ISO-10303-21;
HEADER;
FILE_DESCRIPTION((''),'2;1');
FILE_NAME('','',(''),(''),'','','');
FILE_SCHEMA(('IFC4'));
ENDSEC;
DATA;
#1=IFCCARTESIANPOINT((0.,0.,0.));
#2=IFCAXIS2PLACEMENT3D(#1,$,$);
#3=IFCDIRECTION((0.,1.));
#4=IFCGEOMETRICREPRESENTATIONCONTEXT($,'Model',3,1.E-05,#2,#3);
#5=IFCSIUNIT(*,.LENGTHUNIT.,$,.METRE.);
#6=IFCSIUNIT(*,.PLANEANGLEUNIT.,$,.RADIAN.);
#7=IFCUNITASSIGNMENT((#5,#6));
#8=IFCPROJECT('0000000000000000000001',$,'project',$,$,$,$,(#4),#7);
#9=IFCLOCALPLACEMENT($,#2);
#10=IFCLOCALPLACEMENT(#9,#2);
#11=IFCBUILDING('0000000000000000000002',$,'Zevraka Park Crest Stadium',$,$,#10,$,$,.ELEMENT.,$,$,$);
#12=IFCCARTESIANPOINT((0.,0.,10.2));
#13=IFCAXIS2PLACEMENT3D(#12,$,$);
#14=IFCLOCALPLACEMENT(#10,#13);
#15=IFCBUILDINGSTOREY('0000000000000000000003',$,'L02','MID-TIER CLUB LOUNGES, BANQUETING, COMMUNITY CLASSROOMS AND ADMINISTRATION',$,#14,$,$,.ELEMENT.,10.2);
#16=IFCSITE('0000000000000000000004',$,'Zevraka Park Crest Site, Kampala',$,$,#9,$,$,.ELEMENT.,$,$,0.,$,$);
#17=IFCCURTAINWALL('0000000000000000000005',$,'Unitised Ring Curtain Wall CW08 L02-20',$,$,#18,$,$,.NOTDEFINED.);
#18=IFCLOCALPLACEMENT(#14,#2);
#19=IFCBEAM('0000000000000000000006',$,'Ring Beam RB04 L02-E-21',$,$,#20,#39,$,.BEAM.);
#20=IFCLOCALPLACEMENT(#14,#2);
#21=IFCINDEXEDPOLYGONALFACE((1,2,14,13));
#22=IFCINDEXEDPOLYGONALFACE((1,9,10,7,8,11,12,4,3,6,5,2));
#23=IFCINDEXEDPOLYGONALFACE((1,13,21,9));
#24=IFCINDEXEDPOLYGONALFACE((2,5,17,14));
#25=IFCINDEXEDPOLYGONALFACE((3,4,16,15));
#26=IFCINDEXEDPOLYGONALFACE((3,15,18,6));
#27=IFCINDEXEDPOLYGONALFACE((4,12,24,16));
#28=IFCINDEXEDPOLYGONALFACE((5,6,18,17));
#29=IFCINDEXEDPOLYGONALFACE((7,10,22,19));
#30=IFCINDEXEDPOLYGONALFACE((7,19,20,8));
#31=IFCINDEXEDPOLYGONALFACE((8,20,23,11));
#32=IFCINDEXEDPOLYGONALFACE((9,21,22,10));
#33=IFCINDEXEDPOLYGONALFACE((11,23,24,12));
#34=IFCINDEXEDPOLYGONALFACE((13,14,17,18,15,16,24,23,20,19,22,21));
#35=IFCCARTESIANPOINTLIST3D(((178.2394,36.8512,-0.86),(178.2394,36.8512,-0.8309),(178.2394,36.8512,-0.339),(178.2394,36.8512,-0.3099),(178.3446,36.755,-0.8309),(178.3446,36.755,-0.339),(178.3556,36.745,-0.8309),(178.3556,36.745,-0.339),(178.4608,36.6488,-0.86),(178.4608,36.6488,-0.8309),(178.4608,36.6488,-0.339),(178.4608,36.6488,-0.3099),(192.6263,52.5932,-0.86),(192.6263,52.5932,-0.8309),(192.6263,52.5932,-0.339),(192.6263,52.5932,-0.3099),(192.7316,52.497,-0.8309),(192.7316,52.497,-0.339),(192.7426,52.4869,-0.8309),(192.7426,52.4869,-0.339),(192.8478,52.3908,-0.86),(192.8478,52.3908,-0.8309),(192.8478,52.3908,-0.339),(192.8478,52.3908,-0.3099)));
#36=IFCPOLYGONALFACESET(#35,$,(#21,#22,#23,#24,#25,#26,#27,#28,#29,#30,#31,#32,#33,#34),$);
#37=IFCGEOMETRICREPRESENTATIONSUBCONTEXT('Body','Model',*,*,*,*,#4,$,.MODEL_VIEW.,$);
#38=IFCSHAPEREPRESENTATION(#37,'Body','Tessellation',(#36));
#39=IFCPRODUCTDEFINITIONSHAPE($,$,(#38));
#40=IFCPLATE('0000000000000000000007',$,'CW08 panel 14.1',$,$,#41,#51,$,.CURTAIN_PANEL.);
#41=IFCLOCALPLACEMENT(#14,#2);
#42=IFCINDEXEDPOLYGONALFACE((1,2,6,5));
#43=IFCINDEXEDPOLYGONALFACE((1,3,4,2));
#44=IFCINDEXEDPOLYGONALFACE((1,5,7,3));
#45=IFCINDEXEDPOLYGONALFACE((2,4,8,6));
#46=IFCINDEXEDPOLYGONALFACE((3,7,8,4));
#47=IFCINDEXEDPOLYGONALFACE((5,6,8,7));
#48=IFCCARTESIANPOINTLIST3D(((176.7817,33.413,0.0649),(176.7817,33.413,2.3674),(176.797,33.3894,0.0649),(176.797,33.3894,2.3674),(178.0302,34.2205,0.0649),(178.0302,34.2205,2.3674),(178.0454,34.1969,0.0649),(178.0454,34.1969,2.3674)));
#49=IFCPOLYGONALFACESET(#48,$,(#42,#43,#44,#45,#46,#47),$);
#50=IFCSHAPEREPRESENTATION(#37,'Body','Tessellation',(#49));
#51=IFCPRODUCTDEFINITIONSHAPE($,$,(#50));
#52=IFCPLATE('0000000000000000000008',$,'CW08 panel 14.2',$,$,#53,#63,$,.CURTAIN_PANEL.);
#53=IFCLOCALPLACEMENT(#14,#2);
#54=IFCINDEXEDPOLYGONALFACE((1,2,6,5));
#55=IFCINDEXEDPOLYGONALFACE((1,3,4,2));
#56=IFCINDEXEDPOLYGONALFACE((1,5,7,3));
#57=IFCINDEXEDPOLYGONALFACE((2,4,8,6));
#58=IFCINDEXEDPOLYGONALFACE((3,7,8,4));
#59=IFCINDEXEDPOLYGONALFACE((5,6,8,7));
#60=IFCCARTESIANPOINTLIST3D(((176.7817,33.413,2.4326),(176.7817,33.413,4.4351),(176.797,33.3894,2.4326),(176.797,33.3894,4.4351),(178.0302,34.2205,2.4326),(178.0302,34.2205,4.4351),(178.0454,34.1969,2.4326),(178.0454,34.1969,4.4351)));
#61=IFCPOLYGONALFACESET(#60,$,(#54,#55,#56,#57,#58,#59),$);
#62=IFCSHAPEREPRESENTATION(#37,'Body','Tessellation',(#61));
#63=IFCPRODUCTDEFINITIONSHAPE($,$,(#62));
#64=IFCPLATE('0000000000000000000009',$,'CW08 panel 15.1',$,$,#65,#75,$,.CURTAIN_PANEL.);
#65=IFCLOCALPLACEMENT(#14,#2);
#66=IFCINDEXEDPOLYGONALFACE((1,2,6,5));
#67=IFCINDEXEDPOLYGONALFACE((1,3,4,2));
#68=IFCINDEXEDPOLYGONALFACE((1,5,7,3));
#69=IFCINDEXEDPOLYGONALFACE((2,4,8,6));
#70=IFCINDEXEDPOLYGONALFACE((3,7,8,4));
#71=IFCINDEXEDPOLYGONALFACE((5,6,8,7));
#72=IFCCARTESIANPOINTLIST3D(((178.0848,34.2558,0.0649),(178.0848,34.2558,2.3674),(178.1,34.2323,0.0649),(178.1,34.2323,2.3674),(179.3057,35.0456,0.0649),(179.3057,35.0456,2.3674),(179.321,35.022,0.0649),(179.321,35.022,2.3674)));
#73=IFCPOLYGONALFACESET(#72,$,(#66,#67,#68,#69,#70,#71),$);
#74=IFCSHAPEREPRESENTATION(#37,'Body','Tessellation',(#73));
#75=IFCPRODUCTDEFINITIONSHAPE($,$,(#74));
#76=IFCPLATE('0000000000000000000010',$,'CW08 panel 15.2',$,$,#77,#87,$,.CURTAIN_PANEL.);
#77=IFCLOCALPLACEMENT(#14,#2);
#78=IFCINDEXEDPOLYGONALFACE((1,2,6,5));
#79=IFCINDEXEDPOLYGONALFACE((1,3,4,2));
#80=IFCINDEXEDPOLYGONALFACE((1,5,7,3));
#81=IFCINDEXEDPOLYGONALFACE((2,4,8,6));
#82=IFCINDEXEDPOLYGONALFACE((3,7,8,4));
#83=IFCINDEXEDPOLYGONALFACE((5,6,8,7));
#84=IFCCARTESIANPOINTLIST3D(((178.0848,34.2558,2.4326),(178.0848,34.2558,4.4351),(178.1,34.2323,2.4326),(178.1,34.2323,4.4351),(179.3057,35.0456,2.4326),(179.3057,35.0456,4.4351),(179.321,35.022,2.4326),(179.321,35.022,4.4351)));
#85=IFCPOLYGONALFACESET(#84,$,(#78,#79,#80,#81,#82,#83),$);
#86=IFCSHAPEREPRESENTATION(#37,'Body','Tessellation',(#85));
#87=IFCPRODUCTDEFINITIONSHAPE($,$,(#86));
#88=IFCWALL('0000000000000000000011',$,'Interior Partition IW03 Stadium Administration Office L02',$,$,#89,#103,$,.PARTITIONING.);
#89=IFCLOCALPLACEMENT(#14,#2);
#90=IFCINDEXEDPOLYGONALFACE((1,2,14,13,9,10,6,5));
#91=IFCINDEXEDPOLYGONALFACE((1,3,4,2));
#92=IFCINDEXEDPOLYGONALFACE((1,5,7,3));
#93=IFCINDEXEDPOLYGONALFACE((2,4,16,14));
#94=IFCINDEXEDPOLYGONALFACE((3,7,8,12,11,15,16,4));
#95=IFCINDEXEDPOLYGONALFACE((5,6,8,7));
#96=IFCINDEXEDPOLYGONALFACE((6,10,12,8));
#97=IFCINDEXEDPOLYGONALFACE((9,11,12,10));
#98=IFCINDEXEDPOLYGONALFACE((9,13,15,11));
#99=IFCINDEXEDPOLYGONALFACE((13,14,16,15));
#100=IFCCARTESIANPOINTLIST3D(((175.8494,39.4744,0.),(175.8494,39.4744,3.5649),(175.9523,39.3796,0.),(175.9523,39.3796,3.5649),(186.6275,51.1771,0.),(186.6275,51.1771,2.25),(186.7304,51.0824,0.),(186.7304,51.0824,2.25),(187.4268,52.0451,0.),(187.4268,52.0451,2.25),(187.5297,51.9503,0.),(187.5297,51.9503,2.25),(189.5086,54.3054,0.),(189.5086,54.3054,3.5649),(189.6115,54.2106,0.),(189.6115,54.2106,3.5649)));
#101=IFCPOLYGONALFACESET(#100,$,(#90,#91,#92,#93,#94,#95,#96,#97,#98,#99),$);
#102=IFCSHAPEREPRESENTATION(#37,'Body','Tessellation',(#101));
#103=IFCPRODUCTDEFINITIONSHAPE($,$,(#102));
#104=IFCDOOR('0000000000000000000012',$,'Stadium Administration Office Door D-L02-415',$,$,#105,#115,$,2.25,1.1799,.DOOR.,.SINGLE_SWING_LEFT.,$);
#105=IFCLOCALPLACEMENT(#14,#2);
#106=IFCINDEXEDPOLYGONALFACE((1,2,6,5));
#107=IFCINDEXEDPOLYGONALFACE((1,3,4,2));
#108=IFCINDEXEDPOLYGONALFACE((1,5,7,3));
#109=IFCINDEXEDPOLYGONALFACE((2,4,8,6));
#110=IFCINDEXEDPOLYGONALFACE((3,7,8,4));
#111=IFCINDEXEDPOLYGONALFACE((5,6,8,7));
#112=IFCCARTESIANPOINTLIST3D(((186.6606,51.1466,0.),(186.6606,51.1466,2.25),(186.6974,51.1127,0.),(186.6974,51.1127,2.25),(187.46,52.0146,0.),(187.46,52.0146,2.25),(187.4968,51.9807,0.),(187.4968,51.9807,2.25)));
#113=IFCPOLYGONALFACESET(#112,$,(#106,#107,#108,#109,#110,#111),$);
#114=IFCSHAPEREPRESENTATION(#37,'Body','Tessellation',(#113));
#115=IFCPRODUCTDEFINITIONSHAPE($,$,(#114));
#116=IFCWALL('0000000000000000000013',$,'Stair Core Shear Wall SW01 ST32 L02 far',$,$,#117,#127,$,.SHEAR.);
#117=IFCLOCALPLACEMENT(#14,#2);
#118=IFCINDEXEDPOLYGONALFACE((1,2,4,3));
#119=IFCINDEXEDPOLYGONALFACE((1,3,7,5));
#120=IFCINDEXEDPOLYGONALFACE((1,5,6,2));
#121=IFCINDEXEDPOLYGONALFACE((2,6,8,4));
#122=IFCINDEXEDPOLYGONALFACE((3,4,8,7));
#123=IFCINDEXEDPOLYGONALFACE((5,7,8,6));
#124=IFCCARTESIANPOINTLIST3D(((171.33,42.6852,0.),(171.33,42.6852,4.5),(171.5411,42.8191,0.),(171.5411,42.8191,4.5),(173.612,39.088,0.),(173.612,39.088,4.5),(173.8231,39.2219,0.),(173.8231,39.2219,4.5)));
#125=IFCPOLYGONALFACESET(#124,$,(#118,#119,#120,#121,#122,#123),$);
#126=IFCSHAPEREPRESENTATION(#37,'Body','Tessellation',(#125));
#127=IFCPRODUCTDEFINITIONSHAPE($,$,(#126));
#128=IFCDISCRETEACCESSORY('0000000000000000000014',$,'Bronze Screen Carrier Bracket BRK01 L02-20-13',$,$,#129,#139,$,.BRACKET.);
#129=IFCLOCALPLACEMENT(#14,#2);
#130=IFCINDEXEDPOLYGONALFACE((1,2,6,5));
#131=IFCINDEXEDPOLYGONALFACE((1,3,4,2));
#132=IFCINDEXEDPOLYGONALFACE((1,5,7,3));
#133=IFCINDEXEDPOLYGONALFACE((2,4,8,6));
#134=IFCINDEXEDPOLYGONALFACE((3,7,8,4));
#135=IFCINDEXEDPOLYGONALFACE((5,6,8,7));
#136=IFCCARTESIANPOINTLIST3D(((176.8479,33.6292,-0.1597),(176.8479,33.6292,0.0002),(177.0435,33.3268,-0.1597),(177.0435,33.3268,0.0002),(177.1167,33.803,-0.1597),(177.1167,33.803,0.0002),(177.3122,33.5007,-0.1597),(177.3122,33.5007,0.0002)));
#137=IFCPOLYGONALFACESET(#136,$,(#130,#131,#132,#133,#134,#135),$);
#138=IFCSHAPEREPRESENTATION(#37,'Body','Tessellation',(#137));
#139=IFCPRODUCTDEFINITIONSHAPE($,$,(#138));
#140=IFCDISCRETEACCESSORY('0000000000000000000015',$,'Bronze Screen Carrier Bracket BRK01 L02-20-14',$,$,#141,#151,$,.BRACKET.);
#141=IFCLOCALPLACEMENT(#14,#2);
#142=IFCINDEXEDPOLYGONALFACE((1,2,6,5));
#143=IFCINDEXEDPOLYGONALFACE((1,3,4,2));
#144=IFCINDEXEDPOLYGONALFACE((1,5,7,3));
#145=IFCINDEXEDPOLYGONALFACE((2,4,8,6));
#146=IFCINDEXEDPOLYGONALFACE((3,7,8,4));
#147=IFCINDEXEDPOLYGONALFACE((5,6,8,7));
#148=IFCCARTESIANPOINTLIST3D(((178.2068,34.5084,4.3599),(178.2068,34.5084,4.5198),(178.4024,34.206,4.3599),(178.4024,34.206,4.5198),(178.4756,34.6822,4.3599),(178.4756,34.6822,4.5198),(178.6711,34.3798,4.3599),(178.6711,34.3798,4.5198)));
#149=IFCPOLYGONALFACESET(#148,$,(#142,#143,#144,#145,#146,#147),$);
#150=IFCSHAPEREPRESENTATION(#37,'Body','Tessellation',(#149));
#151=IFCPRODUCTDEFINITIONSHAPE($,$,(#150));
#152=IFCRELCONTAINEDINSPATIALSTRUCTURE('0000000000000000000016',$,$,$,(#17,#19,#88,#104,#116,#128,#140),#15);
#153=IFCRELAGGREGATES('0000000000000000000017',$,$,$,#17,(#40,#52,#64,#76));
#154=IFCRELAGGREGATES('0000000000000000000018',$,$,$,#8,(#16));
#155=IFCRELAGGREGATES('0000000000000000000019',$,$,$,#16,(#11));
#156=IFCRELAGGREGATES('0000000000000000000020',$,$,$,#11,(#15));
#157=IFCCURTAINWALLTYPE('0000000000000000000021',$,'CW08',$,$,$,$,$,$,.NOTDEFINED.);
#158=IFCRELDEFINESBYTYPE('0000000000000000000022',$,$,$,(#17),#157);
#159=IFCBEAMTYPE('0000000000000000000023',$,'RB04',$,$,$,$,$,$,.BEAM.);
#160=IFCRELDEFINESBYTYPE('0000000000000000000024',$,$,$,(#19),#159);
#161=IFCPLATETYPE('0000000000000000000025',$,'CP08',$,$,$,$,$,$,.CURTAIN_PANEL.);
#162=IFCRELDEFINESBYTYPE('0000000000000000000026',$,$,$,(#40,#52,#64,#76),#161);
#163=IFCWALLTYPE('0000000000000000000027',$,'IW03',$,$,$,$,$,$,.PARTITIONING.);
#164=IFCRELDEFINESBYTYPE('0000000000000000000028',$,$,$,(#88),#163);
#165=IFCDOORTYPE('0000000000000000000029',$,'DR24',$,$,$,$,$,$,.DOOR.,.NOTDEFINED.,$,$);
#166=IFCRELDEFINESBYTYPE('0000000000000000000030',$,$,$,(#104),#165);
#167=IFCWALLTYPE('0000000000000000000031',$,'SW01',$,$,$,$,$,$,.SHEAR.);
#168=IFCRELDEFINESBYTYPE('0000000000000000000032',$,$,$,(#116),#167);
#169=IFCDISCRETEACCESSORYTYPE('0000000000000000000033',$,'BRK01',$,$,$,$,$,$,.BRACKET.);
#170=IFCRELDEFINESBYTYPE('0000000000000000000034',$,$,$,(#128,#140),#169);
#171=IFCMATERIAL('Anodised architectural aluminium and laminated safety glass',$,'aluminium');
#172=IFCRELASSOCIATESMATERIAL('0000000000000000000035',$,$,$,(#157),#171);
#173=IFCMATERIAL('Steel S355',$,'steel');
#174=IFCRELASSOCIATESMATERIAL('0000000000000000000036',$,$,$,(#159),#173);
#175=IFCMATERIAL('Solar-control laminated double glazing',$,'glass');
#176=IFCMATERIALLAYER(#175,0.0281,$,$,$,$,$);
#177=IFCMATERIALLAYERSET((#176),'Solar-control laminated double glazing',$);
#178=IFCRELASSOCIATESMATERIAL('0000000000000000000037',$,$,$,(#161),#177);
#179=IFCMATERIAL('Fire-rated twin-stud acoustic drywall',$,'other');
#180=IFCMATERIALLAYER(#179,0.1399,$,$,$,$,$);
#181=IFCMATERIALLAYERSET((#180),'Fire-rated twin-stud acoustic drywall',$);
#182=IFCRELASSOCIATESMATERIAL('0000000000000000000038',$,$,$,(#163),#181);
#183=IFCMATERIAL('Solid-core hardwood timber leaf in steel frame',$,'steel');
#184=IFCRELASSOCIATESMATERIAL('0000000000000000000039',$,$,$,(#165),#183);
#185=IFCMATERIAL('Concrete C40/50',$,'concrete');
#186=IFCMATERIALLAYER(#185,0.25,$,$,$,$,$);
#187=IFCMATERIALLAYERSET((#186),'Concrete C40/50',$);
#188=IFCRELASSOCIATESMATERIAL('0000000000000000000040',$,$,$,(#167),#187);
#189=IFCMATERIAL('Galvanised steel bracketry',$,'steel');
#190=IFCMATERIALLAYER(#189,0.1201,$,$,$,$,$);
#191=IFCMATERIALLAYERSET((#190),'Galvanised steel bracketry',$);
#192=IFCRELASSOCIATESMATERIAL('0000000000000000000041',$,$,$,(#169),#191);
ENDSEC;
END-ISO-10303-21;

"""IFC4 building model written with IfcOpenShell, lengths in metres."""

from ifc_helpers import new_model, si_unit, direction, frame, frame_2d, origin, origin_2d, place, context, subcontext, project, spatial, rectangle, i_section, extrude, material, layer, layer_set, material_profile, profile_set, type_object, element, fill, aggregate, save


model = new_model("IFC4")

# Units and contexts
model_context = context("Model", 3, precision=1e-05, world=origin(), true_north=direction((0.0, 1.0)))
body_context = subcontext(model_context, "Body", "Model", "MODEL_VIEW")
ifc_project = project(units=[si_unit("LENGTHUNIT", "METRE"), si_unit("PLANEANGLEUNIT", "RADIAN")], contexts=[model_context])

# Site, building, storey
site_placement = place(None, origin())
site = spatial("IfcSite", under=ifc_project, at=site_placement, Name="Zevraka Park Crest Site, Kampala", CompositionType="ELEMENT", RefElevation=0.0)
building_placement = place(site_placement, origin())
building = spatial("IfcBuilding", under=site, at=building_placement, Name="Zevraka Park Crest Stadium", CompositionType="ELEMENT")
storey_placement = place(building_placement, frame((0.0, 0.0, 10.2)))
storey = spatial("IfcBuildingStorey", under=building, at=storey_placement, Name="L02", Description="MID-TIER CLUB LOUNGES, BANQUETING, COMMUNITY CLASSROOMS AND ADMINISTRATION", CompositionType="ELEMENT", Elevation=10.2)

# Curtain wall
ifc_material_1 = material(Name="Anodised architectural aluminium and laminated safety glass", Category="aluminium")
curtain_wall_type = type_object("IfcCurtainWallType", Name="CW08", PredefinedType="NOTDEFINED", material=ifc_material_1)
curtain_wall_placement = place(storey_placement, origin())
curtain_wall = element("IfcCurtainWall", 1, at=curtain_wall_placement, inside=storey, type_object=curtain_wall_type, Name="Unitised Ring Curtain Wall CW08 L02-20", PredefinedType="NOTDEFINED")

# Beam
ifc_material_2 = material(Name="Steel S355", Category="steel")
ifc_material_profile_1 = material_profile(ifc_material_2, i_section(OverallWidth=0.3, OverallDepth=0.55, WebThickness=0.0149, FlangeThickness=0.0291, at=origin_2d()), Name="HEB 550")
ifc_profile_set_1 = profile_set([ifc_material_profile_1], Name="Steel S355")
beam_type_1 = type_object("IfcBeamType", Name="RB04", PredefinedType="BEAM", material=ifc_profile_set_1)
beam_1_placement = place(storey_placement, frame((178.3501, 36.75, -0.585), z_axis=(0.674624, 0.738161, 0.0), x_axis=(-0.738161, 0.674624, 0.0)))
element("IfcBeam", 2, at=beam_1_placement, inside=storey, type_object=beam_type_1, Name="Ring Beam RB04 L02-E-21", PredefinedType="BEAM", context=body_context, shape_type="SweptSolid", body=[
    extrude(i_section(OverallWidth=0.3, OverallDepth=0.55, WebThickness=0.0149, FlangeThickness=0.0291, at=origin_2d()), origin(), (0.0, 0.0, 1.0), 21.3259),
])

# Plates
ifc_material_3 = material(Name="Solar-control laminated double glazing", Category="glass")
ifc_layer_1 = layer(ifc_material_3, 0.0281)
ifc_layer_set_1 = layer_set([ifc_layer_1], Name="Solar-control laminated double glazing")
plate_type = type_object("IfcPlateType", Name="CP08", PredefinedType="CURTAIN_PANEL", material=ifc_layer_set_1)
plate_1_placement = place(storey_placement, frame((177.4136, 33.8049, 0.0649), z_axis=(0.0, 0.0, 1.0), x_axis=(0.83967, 0.543096, 0.0)))
plate_1 = element("IfcPlate", 3, at=plate_1_placement, type_object=plate_type, Name="CW08 panel 14.1", PredefinedType="CURTAIN_PANEL", context=body_context, shape_type="SweptSolid", body=[
    extrude(rectangle(XDim=1.4868, YDim=0.0281, at=origin_2d()), origin(), (0.0, 0.0, 1.0), 2.3025),
])
plate_2_placement = place(storey_placement, frame((177.4136, 33.8049, 2.4326), z_axis=(0.0, 0.0, 1.0), x_axis=(0.83967, 0.543096, 0.0)))
plate_2 = element("IfcPlate", 4, at=plate_2_placement, type_object=plate_type, Name="CW08 panel 14.2", PredefinedType="CURTAIN_PANEL", context=body_context, shape_type="SweptSolid", body=[
    extrude(rectangle(XDim=1.4868, YDim=0.0281, at=origin_2d()), origin(), (0.0, 0.0, 1.0), 2.0024),
])
plate_3_placement = place(storey_placement, frame((178.7029, 34.6389, 0.0649), z_axis=(0.0, 0.0, 1.0), x_axis=(0.83967, 0.543096, 0.0)))
plate_3 = element("IfcPlate", 5, at=plate_3_placement, type_object=plate_type, Name="CW08 panel 15.1", PredefinedType="CURTAIN_PANEL", context=body_context, shape_type="SweptSolid", body=[
    extrude(rectangle(XDim=1.4541, YDim=0.0281, at=origin_2d()), origin(), (0.0, 0.0, 1.0), 2.3025),
])
plate_4_placement = place(storey_placement, frame((178.7029, 34.6389, 2.4326), z_axis=(0.0, 0.0, 1.0), x_axis=(0.83967, 0.543096, 0.0)))
plate_4 = element("IfcPlate", 6, at=plate_4_placement, type_object=plate_type, Name="CW08 panel 15.2", PredefinedType="CURTAIN_PANEL", context=body_context, shape_type="SweptSolid", body=[
    extrude(rectangle(XDim=1.4541, YDim=0.0281, at=origin_2d()), origin(), (0.0, 0.0, 1.0), 2.0024),
])
aggregate(curtain_wall, [plate_1, plate_2, plate_3, plate_4])

# Wall, opening, door
ifc_material_4 = material(Name="Fire-rated twin-stud acoustic drywall", Category="other")
ifc_layer_2 = layer(ifc_material_4, 0.1399)
ifc_layer_set_2 = layer_set([ifc_layer_2], Name="Fire-rated twin-stud acoustic drywall")
wall_type_1 = type_object("IfcWallType", Name="IW03", PredefinedType="PARTITIONING", material=ifc_layer_set_2)
wall_1_placement = place(storey_placement, frame((175.9009, 39.427, 0.0), z_axis=(0.0, 0.0, 1.0), x_axis=(0.677449, 0.73557, 0.0)))
wall_1 = element("IfcWall", 7, at=wall_1_placement, inside=storey, type_object=wall_type_1, Name="Interior Partition IW03 Stadium Administration Office L02", PredefinedType="PARTITIONING", context=body_context, shape_type="SweptSolid", body=[
    extrude(rectangle(XDim=20.1626, YDim=0.1399, at=frame_2d((10.0813, 0.0))), origin(), (0.0, 0.0, 1.0), 3.5649),
])
opening_placement = place(wall_1_placement, frame((15.9099, 0.0, 0.0)))
opening = element("IfcOpeningElement", 8, at=opening_placement, cuts=wall_1, PredefinedType="OPENING", context=body_context, shape_type="SweptSolid", body=[
    extrude(rectangle(XDim=1.1799, YDim=2.25, at=frame_2d((0.5898, 1.125))), frame((0.0, 0.0798, 0.0), z_axis=(0.0, -1.0, 0.0), x_axis=(1.0, 0.0, 0.0)), (0.0, 0.0, 1.0), 0.1599),
])
ifc_material_5 = material(Name="Solid-core hardwood timber leaf in steel frame", Category="steel")
door_type = type_object("IfcDoorType", Name="DR24", OperationType="NOTDEFINED", PredefinedType="DOOR", material=ifc_material_5)
door_placement = place(opening_placement, origin())
door = element("IfcDoor", 9, at=door_placement, inside=storey, type_object=door_type, Name="Stadium Administration Office Door D-L02-415", OperationType="SINGLE_SWING_LEFT", OverallHeight=2.25, OverallWidth=1.1799, PredefinedType="DOOR", context=body_context, shape_type="SweptSolid", body=[
    extrude(rectangle(XDim=1.1799, YDim=2.25, at=frame_2d((0.5898, 1.125))), frame((0.0, 0.0249, 0.0), z_axis=(0.0, -1.0, 0.0), x_axis=(1.0, 0.0, 0.0)), (0.0, 0.0, 1.0), 0.05),
])
fill(opening, door)

# Wall
ifc_material_6 = material(Name="Concrete C40/50", Category="concrete")
ifc_layer_3 = layer(ifc_material_6, 0.25)
ifc_layer_set_3 = layer_set([ifc_layer_3], Name="Concrete C40/50")
wall_type_2 = type_object("IfcWallType", Name="SW01", PredefinedType="SHEAR", material=ifc_layer_set_3)
wall_2_placement = place(storey_placement, frame((173.7175, 39.155, 0.0), z_axis=(0.0, 0.0, 1.0), x_axis=(-0.535685, 0.844418, 0.0)))
element("IfcWall", 10, at=wall_2_placement, inside=storey, type_object=wall_type_2, Name="Stair Core Shear Wall SW01 ST32 L02 far", PredefinedType="SHEAR", context=body_context, shape_type="SweptSolid", body=[
    extrude(rectangle(XDim=4.26, YDim=0.25, at=frame_2d((2.1299, 0.0))), origin(), (0.0, 0.0, 1.0), 4.5),
])

# Discrete accessories
ifc_material_7 = material(Name="Galvanised steel bracketry", Category="steel")
ifc_layer_4 = layer(ifc_material_7, 0.1201)
ifc_layer_set_4 = layer_set([ifc_layer_4], Name="Galvanised steel bracketry")
discrete_accessory_type = type_object("IfcDiscreteAccessoryType", Name="BRK01", PredefinedType="BRACKET", material=ifc_layer_set_4)
for number, where, z_axis, x_axis, name in (
    (11, (177.0801, 33.5649, -0.1597), (0.0, 0.0, 1.0), (0.839715, 0.543028, 0.0), "Bronze Screen Carrier Bracket BRK01 L02-20-13"),
    (12, (178.439, 34.4441, 4.3599), (0.0, 0.0, 1.0), (0.839715, 0.543028, 0.0), "Bronze Screen Carrier Bracket BRK01 L02-20-14"),
):
    element("IfcDiscreteAccessory", number, at=place(storey_placement, frame(where, z_axis=z_axis, x_axis=x_axis)), inside=storey, type_object=discrete_accessory_type, Name=name, PredefinedType="BRACKET", context=body_context, shape_type="SweptSolid", body=[
        extrude(rectangle(XDim=0.3201, YDim=0.3601, at=origin_2d()), origin(), (0.0, 0.0, 1.0), 0.1599),
    ])

save(model, "model.ifc")
